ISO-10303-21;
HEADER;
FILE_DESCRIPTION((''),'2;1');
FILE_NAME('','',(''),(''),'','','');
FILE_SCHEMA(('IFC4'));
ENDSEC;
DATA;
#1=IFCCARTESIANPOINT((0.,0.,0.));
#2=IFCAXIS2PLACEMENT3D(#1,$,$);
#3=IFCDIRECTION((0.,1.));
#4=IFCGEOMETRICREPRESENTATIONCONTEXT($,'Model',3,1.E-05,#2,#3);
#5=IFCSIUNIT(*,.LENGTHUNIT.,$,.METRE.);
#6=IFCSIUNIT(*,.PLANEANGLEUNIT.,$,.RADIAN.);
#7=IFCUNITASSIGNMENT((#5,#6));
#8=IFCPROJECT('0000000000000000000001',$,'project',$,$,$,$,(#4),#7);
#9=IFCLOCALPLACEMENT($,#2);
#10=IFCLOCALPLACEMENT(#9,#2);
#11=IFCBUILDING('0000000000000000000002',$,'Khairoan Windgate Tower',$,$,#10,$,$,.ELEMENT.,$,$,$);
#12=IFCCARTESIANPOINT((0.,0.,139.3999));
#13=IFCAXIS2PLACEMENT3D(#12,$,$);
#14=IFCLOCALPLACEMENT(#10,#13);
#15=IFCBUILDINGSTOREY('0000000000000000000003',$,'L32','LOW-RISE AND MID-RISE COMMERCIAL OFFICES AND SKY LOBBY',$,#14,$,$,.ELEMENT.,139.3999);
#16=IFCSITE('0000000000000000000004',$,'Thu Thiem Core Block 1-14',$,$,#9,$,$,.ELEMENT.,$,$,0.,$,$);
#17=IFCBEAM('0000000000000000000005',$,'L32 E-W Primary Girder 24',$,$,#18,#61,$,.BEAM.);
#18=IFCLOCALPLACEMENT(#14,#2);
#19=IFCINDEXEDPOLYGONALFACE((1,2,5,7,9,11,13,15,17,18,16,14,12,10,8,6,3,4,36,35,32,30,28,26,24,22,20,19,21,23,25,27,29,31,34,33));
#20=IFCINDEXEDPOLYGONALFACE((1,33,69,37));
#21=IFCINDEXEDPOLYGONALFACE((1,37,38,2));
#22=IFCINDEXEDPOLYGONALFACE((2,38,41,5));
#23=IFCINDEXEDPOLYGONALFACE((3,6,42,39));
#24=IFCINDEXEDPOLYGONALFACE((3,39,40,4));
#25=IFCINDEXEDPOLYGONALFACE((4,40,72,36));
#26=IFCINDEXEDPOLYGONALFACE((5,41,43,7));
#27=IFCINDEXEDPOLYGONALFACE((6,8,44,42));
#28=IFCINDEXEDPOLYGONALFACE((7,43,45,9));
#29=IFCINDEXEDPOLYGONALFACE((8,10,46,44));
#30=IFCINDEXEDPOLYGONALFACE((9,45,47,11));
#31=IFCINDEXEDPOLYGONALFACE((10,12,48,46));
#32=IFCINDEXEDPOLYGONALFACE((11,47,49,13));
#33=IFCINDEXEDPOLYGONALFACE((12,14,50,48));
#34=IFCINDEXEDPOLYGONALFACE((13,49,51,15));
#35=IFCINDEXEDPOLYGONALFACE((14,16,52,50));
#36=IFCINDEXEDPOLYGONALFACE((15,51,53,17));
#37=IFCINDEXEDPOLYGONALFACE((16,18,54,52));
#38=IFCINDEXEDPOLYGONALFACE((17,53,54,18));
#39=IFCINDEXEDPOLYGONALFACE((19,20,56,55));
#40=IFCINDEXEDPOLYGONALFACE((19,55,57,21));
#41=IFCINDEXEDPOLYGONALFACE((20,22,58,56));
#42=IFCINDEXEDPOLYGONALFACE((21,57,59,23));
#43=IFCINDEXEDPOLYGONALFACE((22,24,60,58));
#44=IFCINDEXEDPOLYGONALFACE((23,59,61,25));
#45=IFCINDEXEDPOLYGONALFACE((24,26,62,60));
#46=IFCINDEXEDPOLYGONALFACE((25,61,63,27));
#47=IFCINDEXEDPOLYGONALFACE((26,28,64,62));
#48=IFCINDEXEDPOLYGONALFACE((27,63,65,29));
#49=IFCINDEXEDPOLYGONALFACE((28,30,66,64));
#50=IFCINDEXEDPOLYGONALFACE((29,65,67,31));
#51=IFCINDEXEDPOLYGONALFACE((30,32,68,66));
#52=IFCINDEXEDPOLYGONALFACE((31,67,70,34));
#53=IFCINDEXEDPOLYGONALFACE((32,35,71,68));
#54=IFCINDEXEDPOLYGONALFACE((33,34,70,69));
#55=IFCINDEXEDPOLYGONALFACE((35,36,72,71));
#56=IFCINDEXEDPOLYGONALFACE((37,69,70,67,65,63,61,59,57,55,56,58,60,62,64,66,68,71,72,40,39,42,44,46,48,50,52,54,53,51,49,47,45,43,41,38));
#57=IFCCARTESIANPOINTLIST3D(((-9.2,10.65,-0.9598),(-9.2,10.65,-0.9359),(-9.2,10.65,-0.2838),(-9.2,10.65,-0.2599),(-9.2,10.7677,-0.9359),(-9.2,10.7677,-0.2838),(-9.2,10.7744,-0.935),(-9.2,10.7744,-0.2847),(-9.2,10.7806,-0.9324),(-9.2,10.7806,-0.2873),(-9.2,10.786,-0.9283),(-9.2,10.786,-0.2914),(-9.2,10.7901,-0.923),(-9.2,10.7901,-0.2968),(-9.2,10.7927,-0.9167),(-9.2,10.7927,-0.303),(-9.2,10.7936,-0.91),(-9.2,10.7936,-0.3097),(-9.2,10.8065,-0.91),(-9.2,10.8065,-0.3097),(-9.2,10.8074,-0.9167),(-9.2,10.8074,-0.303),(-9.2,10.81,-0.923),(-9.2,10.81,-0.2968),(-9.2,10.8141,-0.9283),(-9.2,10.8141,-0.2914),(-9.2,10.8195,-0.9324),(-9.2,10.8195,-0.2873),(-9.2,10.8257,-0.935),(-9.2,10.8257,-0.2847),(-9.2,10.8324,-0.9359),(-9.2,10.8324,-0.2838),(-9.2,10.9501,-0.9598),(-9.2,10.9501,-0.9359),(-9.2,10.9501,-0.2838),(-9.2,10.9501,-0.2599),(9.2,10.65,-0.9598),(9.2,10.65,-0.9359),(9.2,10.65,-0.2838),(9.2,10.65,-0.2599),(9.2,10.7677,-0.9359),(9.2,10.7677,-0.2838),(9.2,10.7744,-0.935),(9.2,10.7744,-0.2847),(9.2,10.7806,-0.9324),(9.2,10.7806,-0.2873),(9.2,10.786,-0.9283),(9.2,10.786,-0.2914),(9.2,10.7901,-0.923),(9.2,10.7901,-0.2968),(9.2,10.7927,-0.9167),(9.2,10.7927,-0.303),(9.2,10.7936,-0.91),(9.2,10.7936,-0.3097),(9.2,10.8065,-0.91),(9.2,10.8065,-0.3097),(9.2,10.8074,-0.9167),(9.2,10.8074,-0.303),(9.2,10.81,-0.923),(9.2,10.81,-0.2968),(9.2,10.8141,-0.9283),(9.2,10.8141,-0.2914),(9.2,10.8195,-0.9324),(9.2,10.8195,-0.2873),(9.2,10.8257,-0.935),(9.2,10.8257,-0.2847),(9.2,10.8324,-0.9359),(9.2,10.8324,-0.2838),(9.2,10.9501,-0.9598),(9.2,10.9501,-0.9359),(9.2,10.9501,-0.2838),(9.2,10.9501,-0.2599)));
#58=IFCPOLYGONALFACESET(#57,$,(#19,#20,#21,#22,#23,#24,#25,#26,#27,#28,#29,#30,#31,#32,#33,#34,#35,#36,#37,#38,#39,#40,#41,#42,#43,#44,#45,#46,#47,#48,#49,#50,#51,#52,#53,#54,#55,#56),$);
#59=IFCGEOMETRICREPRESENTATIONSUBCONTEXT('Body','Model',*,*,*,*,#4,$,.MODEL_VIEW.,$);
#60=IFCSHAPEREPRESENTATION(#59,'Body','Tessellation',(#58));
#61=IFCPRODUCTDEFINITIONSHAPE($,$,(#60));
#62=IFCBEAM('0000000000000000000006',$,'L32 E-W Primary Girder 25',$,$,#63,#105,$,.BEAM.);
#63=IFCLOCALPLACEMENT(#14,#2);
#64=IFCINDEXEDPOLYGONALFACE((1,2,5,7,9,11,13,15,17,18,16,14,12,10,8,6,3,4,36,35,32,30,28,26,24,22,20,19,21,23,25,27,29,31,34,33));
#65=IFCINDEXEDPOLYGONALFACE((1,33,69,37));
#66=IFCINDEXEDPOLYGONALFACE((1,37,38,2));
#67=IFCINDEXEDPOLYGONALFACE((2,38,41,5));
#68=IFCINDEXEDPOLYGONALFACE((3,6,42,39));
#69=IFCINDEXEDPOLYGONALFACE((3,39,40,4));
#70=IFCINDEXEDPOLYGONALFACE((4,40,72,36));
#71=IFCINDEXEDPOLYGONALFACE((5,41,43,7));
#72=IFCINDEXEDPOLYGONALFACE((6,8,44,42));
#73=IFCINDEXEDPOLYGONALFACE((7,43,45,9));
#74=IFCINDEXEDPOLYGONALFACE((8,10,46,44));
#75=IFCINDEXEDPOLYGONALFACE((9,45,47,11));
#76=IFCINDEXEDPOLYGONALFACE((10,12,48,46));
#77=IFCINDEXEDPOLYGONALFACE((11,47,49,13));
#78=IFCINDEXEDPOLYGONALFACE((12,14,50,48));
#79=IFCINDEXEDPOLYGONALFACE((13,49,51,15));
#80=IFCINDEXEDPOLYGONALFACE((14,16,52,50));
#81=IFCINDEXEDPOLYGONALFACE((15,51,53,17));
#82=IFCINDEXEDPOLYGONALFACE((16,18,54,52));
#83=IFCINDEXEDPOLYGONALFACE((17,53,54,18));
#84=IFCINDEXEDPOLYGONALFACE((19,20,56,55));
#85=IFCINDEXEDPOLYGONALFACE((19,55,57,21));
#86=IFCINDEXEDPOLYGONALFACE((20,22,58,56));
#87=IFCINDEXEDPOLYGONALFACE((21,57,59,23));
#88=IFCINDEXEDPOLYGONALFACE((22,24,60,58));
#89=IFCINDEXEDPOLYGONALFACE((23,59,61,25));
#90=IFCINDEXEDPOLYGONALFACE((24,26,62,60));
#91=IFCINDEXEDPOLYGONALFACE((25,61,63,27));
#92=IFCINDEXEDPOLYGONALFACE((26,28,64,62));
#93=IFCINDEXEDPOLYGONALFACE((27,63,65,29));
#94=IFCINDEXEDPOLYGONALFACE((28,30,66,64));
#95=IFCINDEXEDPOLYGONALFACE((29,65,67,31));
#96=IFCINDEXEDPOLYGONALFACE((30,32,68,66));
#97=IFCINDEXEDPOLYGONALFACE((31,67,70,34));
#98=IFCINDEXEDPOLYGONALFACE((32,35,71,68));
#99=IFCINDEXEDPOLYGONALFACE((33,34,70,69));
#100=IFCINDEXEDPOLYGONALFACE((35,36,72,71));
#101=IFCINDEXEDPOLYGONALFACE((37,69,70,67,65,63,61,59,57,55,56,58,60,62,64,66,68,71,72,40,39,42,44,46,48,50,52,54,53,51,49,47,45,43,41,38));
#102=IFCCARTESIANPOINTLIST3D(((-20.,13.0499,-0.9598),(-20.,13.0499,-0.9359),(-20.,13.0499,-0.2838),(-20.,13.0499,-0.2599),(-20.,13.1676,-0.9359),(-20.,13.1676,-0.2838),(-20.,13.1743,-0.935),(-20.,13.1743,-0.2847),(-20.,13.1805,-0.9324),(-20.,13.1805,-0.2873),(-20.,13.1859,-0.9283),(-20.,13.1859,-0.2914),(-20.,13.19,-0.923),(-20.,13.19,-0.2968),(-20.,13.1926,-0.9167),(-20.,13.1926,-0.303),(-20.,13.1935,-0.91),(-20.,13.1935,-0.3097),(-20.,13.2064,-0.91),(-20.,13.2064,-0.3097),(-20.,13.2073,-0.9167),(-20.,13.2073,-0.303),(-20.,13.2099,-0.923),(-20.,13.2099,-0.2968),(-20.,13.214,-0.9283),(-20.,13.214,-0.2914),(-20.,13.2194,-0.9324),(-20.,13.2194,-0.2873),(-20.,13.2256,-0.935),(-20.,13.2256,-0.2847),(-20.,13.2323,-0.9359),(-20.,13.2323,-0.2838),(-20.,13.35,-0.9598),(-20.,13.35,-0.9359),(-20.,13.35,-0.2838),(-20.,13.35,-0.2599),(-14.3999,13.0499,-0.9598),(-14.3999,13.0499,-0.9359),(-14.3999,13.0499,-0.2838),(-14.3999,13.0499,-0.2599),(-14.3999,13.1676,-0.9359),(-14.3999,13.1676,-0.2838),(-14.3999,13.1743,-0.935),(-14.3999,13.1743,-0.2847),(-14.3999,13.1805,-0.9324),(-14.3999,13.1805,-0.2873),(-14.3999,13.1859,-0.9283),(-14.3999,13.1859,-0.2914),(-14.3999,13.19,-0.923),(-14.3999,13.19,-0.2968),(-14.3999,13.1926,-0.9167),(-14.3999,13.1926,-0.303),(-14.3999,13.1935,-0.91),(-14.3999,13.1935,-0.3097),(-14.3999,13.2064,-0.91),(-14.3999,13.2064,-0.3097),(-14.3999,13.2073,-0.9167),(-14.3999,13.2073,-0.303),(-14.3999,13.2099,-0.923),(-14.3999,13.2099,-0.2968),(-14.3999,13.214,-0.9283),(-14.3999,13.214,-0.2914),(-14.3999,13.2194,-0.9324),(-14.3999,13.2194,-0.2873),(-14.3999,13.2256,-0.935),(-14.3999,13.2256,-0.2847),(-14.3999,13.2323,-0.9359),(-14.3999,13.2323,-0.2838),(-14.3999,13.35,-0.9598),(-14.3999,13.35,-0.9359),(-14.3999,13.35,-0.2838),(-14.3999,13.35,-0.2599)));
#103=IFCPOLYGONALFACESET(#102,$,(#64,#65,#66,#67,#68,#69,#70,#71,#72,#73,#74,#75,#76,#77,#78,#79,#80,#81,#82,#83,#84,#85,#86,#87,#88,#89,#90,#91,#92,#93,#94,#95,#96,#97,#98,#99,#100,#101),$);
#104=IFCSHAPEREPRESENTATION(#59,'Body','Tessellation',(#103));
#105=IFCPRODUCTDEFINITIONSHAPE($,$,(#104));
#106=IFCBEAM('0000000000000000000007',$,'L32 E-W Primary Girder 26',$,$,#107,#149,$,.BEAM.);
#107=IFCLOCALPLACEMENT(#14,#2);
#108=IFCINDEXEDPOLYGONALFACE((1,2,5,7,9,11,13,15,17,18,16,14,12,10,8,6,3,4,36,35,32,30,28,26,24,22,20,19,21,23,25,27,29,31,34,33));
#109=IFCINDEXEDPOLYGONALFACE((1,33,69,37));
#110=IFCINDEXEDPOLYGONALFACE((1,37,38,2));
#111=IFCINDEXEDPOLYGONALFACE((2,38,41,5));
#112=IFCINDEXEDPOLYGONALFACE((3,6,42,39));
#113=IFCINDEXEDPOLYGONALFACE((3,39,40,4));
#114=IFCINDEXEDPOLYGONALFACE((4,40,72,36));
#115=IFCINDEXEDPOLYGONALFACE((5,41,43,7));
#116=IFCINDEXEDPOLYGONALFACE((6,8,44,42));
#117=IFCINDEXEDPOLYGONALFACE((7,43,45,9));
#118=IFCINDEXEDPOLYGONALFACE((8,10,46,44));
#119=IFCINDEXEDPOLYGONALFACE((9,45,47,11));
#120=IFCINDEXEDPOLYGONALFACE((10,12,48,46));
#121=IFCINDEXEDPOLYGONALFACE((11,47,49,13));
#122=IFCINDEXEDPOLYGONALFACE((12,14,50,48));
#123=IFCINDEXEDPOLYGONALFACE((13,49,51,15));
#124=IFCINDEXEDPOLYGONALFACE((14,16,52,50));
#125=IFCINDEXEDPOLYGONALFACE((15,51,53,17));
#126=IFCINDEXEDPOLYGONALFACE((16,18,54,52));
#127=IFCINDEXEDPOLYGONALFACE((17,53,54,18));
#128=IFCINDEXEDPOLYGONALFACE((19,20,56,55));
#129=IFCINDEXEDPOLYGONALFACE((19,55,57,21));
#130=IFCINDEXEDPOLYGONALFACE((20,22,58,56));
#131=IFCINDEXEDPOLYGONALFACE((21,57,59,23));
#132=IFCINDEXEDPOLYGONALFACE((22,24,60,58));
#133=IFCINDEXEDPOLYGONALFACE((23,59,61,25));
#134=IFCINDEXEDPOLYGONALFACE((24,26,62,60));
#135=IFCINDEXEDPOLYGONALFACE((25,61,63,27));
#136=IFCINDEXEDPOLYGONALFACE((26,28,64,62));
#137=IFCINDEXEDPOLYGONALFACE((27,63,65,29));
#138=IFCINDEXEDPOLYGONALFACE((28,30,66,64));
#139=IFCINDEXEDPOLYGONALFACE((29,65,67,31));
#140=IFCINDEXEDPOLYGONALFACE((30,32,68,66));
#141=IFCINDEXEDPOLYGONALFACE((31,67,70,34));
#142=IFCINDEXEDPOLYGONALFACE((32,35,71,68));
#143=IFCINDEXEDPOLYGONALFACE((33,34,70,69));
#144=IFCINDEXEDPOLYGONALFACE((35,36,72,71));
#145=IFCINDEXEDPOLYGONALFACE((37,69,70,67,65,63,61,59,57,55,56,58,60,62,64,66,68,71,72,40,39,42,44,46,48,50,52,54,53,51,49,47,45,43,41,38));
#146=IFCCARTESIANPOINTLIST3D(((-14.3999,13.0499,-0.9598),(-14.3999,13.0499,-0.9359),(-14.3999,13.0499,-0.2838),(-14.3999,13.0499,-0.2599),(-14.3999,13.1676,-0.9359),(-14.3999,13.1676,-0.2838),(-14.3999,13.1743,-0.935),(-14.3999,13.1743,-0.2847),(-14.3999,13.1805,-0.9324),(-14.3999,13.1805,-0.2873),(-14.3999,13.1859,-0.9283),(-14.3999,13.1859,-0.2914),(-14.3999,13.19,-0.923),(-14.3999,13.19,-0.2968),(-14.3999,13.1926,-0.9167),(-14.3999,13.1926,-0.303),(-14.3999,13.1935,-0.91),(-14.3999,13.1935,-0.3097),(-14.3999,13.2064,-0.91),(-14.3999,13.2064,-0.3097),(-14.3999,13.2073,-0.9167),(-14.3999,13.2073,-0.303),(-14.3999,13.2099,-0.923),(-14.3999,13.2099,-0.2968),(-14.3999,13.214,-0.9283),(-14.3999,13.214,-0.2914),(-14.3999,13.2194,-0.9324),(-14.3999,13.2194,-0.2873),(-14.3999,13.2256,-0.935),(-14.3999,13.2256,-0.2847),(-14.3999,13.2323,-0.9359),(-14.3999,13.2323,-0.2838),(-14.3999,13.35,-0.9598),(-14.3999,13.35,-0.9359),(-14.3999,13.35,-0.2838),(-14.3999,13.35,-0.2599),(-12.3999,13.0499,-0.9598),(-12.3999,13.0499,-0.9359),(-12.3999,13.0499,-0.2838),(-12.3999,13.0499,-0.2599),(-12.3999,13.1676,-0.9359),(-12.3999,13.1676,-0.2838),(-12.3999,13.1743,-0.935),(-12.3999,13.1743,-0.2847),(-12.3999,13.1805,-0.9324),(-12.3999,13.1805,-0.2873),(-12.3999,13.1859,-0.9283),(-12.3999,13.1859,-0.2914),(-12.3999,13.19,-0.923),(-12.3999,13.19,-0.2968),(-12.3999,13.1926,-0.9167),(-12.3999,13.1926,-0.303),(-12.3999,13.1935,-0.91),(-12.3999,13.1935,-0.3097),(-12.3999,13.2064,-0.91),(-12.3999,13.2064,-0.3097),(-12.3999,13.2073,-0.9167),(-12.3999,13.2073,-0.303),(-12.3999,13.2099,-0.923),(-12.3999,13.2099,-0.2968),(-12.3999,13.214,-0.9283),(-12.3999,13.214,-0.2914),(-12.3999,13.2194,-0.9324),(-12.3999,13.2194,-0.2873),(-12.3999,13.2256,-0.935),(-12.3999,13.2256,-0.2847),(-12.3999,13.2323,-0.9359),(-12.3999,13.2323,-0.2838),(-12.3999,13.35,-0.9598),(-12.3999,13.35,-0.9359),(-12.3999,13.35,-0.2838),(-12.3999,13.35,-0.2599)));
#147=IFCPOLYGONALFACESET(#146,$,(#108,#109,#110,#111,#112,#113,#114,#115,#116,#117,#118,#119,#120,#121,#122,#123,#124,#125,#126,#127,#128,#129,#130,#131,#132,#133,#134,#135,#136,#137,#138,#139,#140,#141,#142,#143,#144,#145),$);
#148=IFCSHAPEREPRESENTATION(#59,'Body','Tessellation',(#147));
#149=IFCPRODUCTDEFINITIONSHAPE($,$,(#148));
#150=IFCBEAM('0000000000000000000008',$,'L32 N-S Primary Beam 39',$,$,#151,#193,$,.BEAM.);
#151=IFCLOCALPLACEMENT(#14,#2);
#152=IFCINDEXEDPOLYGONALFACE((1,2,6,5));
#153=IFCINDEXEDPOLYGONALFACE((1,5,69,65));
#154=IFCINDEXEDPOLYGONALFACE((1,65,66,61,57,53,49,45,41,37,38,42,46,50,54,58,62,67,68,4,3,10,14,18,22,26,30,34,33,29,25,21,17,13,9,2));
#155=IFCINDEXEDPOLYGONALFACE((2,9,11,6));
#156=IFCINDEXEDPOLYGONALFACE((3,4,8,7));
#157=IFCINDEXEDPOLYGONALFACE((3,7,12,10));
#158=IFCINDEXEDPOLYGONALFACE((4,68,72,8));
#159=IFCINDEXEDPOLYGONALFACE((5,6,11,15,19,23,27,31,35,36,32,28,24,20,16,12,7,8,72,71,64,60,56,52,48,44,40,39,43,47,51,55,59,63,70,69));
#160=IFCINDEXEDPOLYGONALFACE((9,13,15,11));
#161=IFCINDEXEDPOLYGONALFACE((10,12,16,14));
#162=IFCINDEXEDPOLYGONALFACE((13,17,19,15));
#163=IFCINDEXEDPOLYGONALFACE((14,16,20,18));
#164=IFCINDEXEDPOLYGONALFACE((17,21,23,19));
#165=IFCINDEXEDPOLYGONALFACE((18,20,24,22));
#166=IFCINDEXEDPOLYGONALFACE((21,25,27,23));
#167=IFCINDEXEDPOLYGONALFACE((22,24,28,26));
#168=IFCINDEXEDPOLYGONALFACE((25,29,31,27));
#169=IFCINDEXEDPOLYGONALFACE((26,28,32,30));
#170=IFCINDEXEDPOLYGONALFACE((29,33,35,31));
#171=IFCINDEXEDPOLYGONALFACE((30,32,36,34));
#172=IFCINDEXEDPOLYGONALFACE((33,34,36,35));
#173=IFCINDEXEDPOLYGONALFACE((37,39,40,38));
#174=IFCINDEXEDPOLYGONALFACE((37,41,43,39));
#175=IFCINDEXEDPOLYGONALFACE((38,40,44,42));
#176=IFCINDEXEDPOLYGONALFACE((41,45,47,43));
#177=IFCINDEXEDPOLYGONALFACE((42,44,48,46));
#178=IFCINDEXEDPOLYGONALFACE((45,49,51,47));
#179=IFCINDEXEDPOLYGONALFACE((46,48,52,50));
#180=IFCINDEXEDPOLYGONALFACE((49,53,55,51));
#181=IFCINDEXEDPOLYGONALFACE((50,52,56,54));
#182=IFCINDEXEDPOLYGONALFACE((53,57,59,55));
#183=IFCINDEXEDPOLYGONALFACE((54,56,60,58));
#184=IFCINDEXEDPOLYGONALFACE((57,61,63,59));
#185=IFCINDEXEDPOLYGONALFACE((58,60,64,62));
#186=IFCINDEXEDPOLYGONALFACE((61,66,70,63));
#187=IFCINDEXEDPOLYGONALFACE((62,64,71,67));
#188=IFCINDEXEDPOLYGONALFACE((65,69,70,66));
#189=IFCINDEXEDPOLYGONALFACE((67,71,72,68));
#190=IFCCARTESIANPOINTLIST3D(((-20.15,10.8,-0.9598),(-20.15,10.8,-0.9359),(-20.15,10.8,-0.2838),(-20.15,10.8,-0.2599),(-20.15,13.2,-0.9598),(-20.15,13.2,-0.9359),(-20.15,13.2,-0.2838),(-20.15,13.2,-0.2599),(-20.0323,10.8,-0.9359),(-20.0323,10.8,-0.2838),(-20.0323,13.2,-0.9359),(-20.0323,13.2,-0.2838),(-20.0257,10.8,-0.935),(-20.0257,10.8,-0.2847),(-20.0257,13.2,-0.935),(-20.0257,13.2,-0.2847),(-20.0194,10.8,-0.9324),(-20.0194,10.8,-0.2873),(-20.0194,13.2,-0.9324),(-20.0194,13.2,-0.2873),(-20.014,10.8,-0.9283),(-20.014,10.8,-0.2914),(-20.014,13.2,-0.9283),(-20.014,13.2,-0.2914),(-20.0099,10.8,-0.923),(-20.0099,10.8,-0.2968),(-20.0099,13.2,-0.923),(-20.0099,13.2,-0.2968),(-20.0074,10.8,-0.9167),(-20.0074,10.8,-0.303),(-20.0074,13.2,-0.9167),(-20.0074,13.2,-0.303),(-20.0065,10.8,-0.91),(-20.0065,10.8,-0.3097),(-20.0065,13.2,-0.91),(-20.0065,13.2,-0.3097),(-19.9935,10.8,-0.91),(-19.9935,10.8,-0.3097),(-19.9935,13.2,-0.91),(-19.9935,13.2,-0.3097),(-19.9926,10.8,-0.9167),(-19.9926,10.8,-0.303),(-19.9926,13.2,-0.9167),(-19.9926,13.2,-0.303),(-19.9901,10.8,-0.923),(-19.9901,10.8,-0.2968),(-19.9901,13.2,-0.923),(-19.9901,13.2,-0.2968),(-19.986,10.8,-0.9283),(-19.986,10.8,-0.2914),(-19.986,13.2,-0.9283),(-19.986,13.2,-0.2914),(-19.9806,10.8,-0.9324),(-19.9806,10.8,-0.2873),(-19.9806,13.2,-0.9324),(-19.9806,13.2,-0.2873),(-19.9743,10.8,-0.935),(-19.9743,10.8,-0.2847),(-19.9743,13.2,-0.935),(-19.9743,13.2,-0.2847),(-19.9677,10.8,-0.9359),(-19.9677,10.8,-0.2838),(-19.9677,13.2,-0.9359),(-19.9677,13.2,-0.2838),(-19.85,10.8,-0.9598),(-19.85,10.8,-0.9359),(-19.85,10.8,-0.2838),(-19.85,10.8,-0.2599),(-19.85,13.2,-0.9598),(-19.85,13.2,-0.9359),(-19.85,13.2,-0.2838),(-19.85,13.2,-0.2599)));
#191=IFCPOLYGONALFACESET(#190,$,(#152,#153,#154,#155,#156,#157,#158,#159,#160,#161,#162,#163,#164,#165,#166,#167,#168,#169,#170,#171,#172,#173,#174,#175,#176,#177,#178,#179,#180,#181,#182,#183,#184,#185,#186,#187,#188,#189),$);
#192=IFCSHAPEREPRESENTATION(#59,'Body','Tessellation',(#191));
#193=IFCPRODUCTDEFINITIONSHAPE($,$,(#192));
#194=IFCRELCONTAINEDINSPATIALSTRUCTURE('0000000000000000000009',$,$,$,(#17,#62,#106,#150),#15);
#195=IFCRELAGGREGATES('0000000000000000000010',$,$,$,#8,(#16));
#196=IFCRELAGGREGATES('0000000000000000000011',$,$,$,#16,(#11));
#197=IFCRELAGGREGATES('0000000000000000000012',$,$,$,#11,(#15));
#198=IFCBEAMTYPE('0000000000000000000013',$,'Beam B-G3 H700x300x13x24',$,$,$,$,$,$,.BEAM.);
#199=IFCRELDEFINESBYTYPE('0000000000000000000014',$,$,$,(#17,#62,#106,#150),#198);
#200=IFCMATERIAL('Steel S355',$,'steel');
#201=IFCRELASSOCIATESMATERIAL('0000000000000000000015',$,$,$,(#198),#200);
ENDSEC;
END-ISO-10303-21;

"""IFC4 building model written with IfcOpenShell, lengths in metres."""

from ifc_helpers import new_model, si_unit, direction, frame, origin, origin_2d, place, context, subcontext, project, spatial, i_section, extrude, material, material_profile, profile_set, type_object, element, save


model = new_model("IFC4")

# Units and contexts
model_context = context("Model", 3, precision=1e-05, world=origin(), true_north=direction((0.0, 1.0)))
body_context = subcontext(model_context, "Body", "Model", "MODEL_VIEW")
ifc_project = project(units=[si_unit("LENGTHUNIT", "METRE"), si_unit("PLANEANGLEUNIT", "RADIAN")], contexts=[model_context])

# Site, building, storey
site_placement = place(None, origin())
site = spatial("IfcSite", under=ifc_project, at=site_placement, Name="Thu Thiem Core Block 1-14", CompositionType="ELEMENT", RefElevation=0.0)
building_placement = place(site_placement, origin())
building = spatial("IfcBuilding", under=site, at=building_placement, Name="Khairoan Windgate Tower", CompositionType="ELEMENT")
storey_placement = place(building_placement, frame((0.0, 0.0, 139.3999)))
storey = spatial("IfcBuildingStorey", under=building, at=storey_placement, Name="L32", Description="LOW-RISE AND MID-RISE COMMERCIAL OFFICES AND SKY LOBBY", CompositionType="ELEMENT", Elevation=139.3999)

# Beams
ifc_material_1 = material(Name="Steel S355", Category="steel")
ifc_material_profile_1 = material_profile(ifc_material_1, i_section(OverallWidth=0.3, OverallDepth=0.7, WebThickness=0.0129, FlangeThickness=0.0239, FilletRadius=0.0259, at=origin_2d()))
ifc_profile_set_1 = profile_set([ifc_material_profile_1], Name="Steel S355")
beam_type_1 = type_object("IfcBeamType", Name="Beam B-G3 H700x300x13x24", PredefinedType="BEAM", material=ifc_profile_set_1)
beam_1_placement = place(storey_placement, frame((-9.2, 10.8, -0.6099), z_axis=(1.0, 0.0, 0.0), x_axis=(0.0, 1.0, 0.0)))
element("IfcBeam", 1, at=beam_1_placement, inside=storey, type_object=beam_type_1, Name="L32 E-W Primary Girder 24", PredefinedType="BEAM", context=body_context, shape_type="SweptSolid", body=[
    extrude(i_section(OverallWidth=0.3, OverallDepth=0.7, WebThickness=0.0129, FlangeThickness=0.0239, FilletRadius=0.0259, at=origin_2d()), origin(), (0.0, 0.0, 1.0), 18.3999),
])
beam_2_placement = place(storey_placement, frame((-20.0, 13.2, -0.6099), z_axis=(1.0, 0.0, 0.0), x_axis=(0.0, 1.0, 0.0)))
element("IfcBeam", 2, at=beam_2_placement, inside=storey, type_object=beam_type_1, Name="L32 E-W Primary Girder 25", PredefinedType="BEAM", context=body_context, shape_type="SweptSolid", body=[
    extrude(i_section(OverallWidth=0.3, OverallDepth=0.7, WebThickness=0.0129, FlangeThickness=0.0239, FilletRadius=0.0259, at=origin_2d()), origin(), (0.0, 0.0, 1.0), 5.6001),
])
beam_3_placement = place(storey_placement, frame((-14.3999, 13.2, -0.6099), z_axis=(1.0, 0.0, 0.0), x_axis=(0.0, 1.0, 0.0)))
element("IfcBeam", 3, at=beam_3_placement, inside=storey, type_object=beam_type_1, Name="L32 E-W Primary Girder 26", PredefinedType="BEAM", context=body_context, shape_type="SweptSolid", body=[
    extrude(i_section(OverallWidth=0.3, OverallDepth=0.7, WebThickness=0.0129, FlangeThickness=0.0239, FilletRadius=0.0259, at=origin_2d()), origin(), (0.0, 0.0, 1.0), 2.0),
])
beam_4_placement = place(storey_placement, frame((-20.0, 10.8, -0.6099), z_axis=(0.0, 1.0, 0.0), x_axis=(-1.0, 0.0, 0.0)))
element("IfcBeam", 4, at=beam_4_placement, inside=storey, type_object=beam_type_1, Name="L32 N-S Primary Beam 39", PredefinedType="BEAM", context=body_context, shape_type="SweptSolid", body=[
    extrude(i_section(OverallWidth=0.3, OverallDepth=0.7, WebThickness=0.0129, FlangeThickness=0.0239, FilletRadius=0.0259, at=origin_2d()), origin(), (0.0, 0.0, 1.0), 2.3999),
])

save(model, "model.ifc")
